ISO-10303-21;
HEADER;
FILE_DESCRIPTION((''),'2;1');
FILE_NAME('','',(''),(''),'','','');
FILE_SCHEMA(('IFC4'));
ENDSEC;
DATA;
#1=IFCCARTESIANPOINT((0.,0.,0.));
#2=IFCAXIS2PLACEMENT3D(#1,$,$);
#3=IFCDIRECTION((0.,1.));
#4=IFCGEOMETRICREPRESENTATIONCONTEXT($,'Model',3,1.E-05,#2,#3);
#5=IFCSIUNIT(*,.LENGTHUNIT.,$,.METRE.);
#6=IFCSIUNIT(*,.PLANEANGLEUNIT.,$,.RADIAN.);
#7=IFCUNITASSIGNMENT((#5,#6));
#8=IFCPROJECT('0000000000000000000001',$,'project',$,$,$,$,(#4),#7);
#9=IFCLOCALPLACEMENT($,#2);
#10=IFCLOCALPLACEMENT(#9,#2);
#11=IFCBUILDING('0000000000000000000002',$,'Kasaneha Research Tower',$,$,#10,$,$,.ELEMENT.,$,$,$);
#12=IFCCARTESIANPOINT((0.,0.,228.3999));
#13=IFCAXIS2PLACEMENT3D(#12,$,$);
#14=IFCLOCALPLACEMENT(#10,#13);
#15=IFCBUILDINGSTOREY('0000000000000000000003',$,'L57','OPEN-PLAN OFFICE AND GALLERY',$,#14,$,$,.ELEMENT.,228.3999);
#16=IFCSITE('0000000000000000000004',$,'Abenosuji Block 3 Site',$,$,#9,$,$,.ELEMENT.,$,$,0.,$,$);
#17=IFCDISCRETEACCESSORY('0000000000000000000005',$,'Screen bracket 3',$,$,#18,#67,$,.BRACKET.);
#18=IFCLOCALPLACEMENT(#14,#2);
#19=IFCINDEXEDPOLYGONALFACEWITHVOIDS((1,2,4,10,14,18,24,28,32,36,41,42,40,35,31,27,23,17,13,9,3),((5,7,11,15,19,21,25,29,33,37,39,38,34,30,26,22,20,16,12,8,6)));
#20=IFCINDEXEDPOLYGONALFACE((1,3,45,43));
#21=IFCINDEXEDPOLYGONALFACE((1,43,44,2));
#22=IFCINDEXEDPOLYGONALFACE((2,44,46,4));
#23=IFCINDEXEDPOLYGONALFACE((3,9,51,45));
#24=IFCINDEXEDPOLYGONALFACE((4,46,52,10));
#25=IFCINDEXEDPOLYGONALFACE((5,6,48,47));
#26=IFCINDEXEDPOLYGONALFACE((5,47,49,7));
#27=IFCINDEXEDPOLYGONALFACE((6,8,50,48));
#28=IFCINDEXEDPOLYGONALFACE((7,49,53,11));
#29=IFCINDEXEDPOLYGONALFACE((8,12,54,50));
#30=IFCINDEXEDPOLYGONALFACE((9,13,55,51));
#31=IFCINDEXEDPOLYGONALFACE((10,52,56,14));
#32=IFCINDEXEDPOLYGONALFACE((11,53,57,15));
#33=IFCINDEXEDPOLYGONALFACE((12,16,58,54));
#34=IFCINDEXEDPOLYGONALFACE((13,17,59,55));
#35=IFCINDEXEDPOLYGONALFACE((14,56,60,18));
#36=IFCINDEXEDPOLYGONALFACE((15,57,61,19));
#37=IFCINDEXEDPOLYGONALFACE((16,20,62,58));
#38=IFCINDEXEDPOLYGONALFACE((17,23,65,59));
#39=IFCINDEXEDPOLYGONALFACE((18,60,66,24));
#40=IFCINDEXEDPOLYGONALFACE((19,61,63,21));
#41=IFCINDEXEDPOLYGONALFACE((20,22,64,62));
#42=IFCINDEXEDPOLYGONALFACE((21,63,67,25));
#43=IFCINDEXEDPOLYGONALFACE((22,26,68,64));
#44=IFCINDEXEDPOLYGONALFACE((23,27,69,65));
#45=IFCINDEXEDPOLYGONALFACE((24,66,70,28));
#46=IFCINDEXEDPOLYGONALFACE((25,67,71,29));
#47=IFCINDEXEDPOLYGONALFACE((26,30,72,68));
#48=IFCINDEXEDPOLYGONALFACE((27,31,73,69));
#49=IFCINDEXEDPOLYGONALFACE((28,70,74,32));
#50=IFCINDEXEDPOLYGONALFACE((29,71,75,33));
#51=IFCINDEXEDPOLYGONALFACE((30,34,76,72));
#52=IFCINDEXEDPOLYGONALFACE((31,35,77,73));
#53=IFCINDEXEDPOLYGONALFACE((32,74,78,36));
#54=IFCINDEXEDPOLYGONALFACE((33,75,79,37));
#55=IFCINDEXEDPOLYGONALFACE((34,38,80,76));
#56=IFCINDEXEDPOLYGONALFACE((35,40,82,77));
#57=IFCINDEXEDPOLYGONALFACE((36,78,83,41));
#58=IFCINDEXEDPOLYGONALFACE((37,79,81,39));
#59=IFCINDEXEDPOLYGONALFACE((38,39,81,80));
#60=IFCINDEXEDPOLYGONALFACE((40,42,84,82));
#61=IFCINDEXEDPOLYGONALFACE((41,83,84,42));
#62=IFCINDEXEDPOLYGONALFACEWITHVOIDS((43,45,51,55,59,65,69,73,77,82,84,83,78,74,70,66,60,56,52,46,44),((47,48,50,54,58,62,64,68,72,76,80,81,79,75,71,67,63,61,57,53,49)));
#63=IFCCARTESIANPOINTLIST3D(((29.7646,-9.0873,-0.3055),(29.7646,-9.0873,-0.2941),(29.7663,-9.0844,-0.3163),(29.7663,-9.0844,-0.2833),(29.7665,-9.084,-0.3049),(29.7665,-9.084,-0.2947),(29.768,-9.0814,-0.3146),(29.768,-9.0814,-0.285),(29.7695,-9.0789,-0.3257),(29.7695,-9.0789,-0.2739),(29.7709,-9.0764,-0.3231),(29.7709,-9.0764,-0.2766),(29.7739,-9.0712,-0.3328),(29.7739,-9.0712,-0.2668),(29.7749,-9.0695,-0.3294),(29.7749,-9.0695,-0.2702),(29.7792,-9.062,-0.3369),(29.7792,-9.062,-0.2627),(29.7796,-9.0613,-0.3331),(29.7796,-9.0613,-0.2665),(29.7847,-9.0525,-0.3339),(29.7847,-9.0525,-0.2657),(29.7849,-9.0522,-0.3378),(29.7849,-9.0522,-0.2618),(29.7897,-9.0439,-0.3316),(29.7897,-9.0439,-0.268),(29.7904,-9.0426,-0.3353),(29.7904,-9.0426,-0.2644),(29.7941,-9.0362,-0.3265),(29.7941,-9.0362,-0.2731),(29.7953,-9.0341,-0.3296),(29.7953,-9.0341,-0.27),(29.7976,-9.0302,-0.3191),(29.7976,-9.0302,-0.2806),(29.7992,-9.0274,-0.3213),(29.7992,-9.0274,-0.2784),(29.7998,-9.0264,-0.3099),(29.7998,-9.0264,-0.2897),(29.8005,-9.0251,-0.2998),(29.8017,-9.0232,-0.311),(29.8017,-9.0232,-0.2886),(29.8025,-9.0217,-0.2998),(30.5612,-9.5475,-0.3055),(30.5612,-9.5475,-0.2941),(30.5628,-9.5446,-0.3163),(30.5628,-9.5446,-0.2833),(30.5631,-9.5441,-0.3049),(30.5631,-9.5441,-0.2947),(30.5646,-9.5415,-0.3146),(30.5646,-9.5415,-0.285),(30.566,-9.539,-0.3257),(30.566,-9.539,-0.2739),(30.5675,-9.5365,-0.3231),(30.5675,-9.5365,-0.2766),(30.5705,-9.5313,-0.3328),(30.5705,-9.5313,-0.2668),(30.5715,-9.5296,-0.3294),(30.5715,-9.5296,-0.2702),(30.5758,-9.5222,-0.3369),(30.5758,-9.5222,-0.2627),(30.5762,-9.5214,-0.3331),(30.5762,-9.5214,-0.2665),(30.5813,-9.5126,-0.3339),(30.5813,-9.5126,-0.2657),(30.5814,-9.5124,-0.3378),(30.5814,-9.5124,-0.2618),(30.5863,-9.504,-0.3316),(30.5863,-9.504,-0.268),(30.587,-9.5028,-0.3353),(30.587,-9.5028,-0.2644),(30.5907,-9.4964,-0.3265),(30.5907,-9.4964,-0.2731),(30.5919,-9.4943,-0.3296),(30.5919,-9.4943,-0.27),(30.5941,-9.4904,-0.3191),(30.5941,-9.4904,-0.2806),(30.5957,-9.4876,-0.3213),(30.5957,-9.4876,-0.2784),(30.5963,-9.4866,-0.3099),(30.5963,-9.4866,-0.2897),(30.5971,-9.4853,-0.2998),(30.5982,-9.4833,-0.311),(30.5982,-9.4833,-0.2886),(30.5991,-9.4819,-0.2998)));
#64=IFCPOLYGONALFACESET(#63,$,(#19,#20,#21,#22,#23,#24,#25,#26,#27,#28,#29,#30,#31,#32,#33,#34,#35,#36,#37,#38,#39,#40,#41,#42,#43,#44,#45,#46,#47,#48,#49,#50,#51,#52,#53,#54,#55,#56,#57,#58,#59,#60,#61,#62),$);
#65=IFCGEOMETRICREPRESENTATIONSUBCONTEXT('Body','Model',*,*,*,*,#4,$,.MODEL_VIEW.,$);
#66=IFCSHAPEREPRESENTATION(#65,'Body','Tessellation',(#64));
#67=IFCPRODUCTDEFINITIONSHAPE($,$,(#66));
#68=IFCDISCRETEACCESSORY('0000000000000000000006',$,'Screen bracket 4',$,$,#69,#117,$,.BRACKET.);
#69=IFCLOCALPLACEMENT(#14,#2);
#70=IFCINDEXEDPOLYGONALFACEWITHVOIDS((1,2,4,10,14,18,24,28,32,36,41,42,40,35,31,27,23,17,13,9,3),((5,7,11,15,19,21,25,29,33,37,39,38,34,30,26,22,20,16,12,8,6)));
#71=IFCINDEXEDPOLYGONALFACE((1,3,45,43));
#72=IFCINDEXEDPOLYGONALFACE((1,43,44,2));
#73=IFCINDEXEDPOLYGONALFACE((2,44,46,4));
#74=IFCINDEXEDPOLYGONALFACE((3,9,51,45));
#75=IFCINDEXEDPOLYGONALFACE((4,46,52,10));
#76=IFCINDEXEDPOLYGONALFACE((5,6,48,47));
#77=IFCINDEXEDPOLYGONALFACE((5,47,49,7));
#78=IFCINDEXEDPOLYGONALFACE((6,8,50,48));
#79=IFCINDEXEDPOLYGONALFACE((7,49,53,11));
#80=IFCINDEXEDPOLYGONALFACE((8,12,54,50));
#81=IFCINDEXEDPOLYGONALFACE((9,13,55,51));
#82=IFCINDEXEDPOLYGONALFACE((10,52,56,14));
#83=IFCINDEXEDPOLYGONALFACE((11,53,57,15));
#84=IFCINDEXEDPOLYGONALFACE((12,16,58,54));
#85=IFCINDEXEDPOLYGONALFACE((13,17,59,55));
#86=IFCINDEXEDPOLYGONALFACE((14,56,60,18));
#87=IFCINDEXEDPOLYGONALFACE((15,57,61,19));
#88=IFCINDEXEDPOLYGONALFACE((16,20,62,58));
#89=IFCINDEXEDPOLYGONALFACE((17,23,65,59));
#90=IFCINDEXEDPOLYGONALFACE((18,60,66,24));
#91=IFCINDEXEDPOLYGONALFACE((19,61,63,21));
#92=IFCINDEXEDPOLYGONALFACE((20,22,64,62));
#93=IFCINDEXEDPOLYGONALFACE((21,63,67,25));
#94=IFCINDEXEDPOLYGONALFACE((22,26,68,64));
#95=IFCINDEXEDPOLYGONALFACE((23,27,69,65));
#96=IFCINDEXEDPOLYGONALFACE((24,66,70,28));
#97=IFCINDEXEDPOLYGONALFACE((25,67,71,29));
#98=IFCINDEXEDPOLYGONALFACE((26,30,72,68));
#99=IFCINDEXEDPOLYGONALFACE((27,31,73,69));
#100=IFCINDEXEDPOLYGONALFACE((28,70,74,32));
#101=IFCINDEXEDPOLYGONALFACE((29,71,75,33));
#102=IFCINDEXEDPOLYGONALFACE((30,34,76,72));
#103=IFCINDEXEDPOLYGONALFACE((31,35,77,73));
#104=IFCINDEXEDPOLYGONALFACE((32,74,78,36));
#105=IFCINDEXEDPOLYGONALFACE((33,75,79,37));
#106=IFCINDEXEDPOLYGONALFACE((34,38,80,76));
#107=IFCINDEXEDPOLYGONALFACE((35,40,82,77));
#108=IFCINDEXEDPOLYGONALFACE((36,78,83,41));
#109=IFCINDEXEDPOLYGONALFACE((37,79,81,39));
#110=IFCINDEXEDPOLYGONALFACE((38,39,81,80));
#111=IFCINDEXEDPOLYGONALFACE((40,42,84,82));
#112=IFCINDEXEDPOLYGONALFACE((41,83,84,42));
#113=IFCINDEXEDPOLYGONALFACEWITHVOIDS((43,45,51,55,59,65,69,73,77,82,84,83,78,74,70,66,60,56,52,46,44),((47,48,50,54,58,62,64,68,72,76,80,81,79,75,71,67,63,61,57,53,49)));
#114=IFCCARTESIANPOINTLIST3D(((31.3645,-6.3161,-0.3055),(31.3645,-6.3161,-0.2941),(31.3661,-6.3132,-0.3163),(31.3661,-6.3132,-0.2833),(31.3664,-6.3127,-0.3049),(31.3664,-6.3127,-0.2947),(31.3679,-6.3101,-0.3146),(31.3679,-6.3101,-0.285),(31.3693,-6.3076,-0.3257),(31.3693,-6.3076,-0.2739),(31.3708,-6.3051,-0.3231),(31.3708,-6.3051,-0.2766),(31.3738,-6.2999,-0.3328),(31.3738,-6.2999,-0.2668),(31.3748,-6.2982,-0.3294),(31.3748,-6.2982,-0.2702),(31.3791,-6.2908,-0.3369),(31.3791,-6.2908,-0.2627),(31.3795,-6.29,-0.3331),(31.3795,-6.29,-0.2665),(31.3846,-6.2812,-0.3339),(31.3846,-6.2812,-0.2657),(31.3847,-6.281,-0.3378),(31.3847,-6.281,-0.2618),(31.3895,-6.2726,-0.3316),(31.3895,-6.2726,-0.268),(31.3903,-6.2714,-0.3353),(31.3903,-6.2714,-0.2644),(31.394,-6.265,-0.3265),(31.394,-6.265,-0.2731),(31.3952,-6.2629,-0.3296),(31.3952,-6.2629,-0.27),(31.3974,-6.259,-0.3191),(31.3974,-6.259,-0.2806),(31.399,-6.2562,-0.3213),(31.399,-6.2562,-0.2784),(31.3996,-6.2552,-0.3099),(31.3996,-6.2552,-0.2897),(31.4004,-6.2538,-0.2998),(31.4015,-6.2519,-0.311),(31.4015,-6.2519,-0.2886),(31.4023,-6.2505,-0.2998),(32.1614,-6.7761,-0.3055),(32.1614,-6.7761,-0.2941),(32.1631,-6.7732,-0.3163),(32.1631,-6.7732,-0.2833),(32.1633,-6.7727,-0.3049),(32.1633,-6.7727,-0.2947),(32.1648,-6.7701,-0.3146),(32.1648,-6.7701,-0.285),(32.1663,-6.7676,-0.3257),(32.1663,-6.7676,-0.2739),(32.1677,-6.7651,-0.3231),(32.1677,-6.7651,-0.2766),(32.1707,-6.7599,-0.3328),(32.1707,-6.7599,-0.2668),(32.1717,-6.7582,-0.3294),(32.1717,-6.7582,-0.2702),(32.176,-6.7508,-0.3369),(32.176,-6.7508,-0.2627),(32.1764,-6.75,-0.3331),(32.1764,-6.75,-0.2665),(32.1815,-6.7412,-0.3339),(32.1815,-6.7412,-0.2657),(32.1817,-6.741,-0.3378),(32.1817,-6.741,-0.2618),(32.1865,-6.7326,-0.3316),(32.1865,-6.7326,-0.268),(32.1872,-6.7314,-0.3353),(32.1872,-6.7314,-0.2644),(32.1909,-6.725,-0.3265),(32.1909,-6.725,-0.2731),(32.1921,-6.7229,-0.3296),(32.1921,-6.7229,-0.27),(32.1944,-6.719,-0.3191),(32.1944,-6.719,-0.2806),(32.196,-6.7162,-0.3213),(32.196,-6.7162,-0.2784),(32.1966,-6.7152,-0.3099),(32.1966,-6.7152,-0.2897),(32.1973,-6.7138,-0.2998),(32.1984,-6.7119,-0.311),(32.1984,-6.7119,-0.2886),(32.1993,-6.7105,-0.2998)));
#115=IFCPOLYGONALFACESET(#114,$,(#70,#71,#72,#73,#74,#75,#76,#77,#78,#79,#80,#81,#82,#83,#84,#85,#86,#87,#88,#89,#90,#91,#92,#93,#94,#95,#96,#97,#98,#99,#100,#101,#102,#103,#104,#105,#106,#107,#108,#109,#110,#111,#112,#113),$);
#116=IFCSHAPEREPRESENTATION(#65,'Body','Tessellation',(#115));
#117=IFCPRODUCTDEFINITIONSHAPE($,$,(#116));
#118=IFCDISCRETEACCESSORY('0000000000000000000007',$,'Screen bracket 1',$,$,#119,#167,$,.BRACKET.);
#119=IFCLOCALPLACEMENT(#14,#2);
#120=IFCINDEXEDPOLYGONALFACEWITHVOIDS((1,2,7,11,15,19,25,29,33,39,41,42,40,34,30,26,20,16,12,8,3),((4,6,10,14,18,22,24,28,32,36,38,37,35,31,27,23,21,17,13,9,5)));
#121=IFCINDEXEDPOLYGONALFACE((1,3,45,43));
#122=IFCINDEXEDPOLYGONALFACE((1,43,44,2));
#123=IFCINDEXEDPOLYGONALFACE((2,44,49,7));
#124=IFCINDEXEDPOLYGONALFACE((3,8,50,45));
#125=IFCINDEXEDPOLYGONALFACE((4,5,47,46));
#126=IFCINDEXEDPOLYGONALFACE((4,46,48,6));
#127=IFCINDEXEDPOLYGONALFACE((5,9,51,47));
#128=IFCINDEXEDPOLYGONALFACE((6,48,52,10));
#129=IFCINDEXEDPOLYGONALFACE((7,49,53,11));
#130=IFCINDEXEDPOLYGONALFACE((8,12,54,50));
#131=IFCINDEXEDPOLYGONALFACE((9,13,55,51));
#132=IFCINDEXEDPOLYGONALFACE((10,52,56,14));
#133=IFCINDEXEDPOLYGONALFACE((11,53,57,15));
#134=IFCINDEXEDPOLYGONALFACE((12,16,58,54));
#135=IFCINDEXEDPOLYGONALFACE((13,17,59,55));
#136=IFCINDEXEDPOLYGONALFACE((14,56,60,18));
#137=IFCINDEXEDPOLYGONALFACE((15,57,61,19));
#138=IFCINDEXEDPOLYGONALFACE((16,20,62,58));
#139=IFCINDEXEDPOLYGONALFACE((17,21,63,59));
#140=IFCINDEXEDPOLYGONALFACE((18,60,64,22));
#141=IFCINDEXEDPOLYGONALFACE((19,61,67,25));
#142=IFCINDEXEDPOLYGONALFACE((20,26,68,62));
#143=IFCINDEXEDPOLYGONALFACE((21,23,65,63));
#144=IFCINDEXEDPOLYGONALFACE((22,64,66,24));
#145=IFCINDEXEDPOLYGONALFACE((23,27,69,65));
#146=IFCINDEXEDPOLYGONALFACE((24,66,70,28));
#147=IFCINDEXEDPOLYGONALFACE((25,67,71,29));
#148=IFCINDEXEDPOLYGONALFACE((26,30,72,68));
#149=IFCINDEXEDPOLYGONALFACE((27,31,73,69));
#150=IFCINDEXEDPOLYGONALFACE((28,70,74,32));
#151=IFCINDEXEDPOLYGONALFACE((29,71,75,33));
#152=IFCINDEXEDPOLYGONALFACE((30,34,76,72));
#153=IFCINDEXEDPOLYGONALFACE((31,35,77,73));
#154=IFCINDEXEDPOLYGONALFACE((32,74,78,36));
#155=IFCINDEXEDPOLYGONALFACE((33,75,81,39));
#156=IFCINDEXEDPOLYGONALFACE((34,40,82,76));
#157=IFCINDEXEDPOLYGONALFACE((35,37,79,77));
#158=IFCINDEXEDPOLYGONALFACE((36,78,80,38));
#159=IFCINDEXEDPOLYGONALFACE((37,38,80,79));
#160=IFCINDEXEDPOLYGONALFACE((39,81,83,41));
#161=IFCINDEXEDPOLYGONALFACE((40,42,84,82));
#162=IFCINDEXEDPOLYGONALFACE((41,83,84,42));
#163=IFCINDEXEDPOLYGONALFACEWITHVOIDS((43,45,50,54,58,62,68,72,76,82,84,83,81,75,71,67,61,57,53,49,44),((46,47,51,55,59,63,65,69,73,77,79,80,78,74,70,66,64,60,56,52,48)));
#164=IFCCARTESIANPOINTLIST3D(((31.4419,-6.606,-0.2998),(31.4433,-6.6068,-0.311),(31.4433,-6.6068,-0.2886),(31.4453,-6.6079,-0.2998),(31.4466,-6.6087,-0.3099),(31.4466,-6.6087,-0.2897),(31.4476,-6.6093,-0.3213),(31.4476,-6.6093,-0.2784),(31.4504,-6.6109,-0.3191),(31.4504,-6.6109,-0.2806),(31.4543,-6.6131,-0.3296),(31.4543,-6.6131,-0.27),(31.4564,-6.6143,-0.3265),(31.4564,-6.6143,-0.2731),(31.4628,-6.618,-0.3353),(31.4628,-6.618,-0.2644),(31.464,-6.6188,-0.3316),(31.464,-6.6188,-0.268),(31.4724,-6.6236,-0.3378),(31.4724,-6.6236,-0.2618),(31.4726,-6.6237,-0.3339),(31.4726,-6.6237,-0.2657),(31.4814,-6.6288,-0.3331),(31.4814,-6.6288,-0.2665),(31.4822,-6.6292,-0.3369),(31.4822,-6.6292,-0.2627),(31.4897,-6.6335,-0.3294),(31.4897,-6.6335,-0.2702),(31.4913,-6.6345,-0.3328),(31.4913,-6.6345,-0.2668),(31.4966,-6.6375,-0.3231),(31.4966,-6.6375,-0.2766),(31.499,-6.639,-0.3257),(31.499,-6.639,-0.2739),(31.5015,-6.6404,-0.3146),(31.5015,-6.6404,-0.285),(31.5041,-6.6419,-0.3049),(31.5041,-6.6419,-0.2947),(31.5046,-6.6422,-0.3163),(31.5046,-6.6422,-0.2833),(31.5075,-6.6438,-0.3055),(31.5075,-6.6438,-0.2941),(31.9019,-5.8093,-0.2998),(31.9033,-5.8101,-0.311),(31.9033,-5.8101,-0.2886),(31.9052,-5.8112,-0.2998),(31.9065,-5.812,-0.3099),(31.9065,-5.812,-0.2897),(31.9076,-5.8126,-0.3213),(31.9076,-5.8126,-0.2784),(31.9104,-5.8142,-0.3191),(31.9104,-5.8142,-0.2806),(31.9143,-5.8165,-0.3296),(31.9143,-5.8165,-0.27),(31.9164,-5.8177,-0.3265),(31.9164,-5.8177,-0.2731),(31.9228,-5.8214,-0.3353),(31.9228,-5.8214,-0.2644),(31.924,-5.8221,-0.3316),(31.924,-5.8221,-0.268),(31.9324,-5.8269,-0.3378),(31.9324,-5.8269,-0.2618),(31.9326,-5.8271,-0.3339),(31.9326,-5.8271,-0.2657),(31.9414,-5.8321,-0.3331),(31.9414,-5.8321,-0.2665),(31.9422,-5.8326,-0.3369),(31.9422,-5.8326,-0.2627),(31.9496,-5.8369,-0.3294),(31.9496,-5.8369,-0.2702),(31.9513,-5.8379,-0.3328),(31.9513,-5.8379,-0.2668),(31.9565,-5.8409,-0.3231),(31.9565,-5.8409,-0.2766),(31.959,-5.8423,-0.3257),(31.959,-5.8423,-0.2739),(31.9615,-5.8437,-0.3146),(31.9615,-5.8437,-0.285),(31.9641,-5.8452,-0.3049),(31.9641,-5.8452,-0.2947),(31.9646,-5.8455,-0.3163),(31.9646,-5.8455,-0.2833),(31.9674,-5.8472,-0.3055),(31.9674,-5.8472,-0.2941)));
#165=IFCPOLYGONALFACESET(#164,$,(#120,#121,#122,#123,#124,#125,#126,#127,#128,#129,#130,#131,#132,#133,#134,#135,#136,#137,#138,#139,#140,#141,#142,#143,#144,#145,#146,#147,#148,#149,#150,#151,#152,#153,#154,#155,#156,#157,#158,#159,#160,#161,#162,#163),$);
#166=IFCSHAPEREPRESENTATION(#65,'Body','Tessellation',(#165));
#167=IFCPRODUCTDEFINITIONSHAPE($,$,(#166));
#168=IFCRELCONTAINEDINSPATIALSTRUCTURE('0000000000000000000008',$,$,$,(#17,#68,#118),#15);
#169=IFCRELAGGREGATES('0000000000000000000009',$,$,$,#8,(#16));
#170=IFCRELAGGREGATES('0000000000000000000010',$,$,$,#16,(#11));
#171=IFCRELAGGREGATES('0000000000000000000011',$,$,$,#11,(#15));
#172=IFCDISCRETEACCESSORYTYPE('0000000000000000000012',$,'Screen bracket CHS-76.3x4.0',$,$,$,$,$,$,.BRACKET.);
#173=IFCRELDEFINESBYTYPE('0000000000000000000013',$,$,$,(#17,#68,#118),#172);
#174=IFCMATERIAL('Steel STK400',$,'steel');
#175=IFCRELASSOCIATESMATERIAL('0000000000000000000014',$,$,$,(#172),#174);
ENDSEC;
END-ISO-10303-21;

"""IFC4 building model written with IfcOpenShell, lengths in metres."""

from ifc_helpers import new_model, si_unit, direction, frame, origin, origin_2d, place, context, subcontext, project, spatial, hollow_circle, extrude, material, material_profile, profile_set, type_object, element, save


model = new_model("IFC4")

# Units and contexts
model_context = context("Model", 3, precision=1e-05, world=origin(), true_north=direction((0.0, 1.0)))
body_context = subcontext(model_context, "Body", "Model", "MODEL_VIEW")
ifc_project = project(units=[si_unit("LENGTHUNIT", "METRE"), si_unit("PLANEANGLEUNIT", "RADIAN")], contexts=[model_context])

# Site, building, storey
site_placement = place(None, origin())
site = spatial("IfcSite", under=ifc_project, at=site_placement, Name="Abenosuji Block 3 Site", CompositionType="ELEMENT", RefElevation=0.0)
building_placement = place(site_placement, origin())
building = spatial("IfcBuilding", under=site, at=building_placement, Name="Kasaneha Research Tower", CompositionType="ELEMENT")
storey_placement = place(building_placement, frame((0.0, 0.0, 228.3999)))
storey = spatial("IfcBuildingStorey", under=building, at=storey_placement, Name="L57", Description="OPEN-PLAN OFFICE AND GALLERY", CompositionType="ELEMENT", Elevation=228.3999)

# Discrete accessories
ifc_material_1 = material(Name="Steel STK400", Category="steel")
ifc_material_profile_1 = material_profile(ifc_material_1, hollow_circle(Radius=0.0381, WallThickness=0.0039, at=origin_2d()), Name="CHS-76.3x4.0")
ifc_profile_set_1 = profile_set([ifc_material_profile_1], Name="Steel STK400")
discrete_accessory_type = type_object("IfcDiscreteAccessoryType", Name="Screen bracket CHS-76.3x4.0", PredefinedType="BRACKET", material=ifc_profile_set_1)
for number, where, z_axis, x_axis, name in (
    (1, (29.7834, -9.0547, -0.2998), (0.865898, -0.50022, 0.0), (0.50022, 0.865898, 0.0), "Screen bracket 3"),
):
    element("IfcDiscreteAccessory", number, at=place(storey_placement, frame(where, z_axis=z_axis, x_axis=x_axis)), inside=storey, type_object=discrete_accessory_type, Name=name, PredefinedType="BRACKET", context=body_context, shape_type="SweptSolid", body=[
        extrude(hollow_circle(Radius=0.0381, WallThickness=0.0039, at=origin_2d()), origin(), (0.0, 0.0, 1.0), 0.9199),
    ])
discrete_accessory_1_placement = place(storey_placement, frame((31.3833, -6.2834, -0.2998), z_axis=(0.86608, -0.499906, 0.0), x_axis=(0.499906, 0.86608, 0.0)))
element("IfcDiscreteAccessory", 2, at=discrete_accessory_1_placement, inside=storey, type_object=discrete_accessory_type, Name="Screen bracket 4", PredefinedType="BRACKET", context=body_context, shape_type="SweptSolid", body=[
    extrude(hollow_circle(Radius=0.0381, WallThickness=0.0039, at=origin_2d()), origin(), (0.0, 0.0, 1.0), 0.9202),
])
discrete_accessory_2_placement = place(storey_placement, frame((31.4749, -6.625, -0.2998), z_axis=(0.500021, 0.866013, 0.0), x_axis=(-0.866013, 0.500021, 0.0)))
element("IfcDiscreteAccessory", 3, at=discrete_accessory_2_placement, inside=storey, type_object=discrete_accessory_type, Name="Screen bracket 1", PredefinedType="BRACKET", context=body_context, shape_type="SweptSolid", body=[
    extrude(hollow_circle(Radius=0.0381, WallThickness=0.0039, at=origin_2d()), origin(), (0.0, 0.0, 1.0), 0.9199),
])

save(model, "model.ifc")
